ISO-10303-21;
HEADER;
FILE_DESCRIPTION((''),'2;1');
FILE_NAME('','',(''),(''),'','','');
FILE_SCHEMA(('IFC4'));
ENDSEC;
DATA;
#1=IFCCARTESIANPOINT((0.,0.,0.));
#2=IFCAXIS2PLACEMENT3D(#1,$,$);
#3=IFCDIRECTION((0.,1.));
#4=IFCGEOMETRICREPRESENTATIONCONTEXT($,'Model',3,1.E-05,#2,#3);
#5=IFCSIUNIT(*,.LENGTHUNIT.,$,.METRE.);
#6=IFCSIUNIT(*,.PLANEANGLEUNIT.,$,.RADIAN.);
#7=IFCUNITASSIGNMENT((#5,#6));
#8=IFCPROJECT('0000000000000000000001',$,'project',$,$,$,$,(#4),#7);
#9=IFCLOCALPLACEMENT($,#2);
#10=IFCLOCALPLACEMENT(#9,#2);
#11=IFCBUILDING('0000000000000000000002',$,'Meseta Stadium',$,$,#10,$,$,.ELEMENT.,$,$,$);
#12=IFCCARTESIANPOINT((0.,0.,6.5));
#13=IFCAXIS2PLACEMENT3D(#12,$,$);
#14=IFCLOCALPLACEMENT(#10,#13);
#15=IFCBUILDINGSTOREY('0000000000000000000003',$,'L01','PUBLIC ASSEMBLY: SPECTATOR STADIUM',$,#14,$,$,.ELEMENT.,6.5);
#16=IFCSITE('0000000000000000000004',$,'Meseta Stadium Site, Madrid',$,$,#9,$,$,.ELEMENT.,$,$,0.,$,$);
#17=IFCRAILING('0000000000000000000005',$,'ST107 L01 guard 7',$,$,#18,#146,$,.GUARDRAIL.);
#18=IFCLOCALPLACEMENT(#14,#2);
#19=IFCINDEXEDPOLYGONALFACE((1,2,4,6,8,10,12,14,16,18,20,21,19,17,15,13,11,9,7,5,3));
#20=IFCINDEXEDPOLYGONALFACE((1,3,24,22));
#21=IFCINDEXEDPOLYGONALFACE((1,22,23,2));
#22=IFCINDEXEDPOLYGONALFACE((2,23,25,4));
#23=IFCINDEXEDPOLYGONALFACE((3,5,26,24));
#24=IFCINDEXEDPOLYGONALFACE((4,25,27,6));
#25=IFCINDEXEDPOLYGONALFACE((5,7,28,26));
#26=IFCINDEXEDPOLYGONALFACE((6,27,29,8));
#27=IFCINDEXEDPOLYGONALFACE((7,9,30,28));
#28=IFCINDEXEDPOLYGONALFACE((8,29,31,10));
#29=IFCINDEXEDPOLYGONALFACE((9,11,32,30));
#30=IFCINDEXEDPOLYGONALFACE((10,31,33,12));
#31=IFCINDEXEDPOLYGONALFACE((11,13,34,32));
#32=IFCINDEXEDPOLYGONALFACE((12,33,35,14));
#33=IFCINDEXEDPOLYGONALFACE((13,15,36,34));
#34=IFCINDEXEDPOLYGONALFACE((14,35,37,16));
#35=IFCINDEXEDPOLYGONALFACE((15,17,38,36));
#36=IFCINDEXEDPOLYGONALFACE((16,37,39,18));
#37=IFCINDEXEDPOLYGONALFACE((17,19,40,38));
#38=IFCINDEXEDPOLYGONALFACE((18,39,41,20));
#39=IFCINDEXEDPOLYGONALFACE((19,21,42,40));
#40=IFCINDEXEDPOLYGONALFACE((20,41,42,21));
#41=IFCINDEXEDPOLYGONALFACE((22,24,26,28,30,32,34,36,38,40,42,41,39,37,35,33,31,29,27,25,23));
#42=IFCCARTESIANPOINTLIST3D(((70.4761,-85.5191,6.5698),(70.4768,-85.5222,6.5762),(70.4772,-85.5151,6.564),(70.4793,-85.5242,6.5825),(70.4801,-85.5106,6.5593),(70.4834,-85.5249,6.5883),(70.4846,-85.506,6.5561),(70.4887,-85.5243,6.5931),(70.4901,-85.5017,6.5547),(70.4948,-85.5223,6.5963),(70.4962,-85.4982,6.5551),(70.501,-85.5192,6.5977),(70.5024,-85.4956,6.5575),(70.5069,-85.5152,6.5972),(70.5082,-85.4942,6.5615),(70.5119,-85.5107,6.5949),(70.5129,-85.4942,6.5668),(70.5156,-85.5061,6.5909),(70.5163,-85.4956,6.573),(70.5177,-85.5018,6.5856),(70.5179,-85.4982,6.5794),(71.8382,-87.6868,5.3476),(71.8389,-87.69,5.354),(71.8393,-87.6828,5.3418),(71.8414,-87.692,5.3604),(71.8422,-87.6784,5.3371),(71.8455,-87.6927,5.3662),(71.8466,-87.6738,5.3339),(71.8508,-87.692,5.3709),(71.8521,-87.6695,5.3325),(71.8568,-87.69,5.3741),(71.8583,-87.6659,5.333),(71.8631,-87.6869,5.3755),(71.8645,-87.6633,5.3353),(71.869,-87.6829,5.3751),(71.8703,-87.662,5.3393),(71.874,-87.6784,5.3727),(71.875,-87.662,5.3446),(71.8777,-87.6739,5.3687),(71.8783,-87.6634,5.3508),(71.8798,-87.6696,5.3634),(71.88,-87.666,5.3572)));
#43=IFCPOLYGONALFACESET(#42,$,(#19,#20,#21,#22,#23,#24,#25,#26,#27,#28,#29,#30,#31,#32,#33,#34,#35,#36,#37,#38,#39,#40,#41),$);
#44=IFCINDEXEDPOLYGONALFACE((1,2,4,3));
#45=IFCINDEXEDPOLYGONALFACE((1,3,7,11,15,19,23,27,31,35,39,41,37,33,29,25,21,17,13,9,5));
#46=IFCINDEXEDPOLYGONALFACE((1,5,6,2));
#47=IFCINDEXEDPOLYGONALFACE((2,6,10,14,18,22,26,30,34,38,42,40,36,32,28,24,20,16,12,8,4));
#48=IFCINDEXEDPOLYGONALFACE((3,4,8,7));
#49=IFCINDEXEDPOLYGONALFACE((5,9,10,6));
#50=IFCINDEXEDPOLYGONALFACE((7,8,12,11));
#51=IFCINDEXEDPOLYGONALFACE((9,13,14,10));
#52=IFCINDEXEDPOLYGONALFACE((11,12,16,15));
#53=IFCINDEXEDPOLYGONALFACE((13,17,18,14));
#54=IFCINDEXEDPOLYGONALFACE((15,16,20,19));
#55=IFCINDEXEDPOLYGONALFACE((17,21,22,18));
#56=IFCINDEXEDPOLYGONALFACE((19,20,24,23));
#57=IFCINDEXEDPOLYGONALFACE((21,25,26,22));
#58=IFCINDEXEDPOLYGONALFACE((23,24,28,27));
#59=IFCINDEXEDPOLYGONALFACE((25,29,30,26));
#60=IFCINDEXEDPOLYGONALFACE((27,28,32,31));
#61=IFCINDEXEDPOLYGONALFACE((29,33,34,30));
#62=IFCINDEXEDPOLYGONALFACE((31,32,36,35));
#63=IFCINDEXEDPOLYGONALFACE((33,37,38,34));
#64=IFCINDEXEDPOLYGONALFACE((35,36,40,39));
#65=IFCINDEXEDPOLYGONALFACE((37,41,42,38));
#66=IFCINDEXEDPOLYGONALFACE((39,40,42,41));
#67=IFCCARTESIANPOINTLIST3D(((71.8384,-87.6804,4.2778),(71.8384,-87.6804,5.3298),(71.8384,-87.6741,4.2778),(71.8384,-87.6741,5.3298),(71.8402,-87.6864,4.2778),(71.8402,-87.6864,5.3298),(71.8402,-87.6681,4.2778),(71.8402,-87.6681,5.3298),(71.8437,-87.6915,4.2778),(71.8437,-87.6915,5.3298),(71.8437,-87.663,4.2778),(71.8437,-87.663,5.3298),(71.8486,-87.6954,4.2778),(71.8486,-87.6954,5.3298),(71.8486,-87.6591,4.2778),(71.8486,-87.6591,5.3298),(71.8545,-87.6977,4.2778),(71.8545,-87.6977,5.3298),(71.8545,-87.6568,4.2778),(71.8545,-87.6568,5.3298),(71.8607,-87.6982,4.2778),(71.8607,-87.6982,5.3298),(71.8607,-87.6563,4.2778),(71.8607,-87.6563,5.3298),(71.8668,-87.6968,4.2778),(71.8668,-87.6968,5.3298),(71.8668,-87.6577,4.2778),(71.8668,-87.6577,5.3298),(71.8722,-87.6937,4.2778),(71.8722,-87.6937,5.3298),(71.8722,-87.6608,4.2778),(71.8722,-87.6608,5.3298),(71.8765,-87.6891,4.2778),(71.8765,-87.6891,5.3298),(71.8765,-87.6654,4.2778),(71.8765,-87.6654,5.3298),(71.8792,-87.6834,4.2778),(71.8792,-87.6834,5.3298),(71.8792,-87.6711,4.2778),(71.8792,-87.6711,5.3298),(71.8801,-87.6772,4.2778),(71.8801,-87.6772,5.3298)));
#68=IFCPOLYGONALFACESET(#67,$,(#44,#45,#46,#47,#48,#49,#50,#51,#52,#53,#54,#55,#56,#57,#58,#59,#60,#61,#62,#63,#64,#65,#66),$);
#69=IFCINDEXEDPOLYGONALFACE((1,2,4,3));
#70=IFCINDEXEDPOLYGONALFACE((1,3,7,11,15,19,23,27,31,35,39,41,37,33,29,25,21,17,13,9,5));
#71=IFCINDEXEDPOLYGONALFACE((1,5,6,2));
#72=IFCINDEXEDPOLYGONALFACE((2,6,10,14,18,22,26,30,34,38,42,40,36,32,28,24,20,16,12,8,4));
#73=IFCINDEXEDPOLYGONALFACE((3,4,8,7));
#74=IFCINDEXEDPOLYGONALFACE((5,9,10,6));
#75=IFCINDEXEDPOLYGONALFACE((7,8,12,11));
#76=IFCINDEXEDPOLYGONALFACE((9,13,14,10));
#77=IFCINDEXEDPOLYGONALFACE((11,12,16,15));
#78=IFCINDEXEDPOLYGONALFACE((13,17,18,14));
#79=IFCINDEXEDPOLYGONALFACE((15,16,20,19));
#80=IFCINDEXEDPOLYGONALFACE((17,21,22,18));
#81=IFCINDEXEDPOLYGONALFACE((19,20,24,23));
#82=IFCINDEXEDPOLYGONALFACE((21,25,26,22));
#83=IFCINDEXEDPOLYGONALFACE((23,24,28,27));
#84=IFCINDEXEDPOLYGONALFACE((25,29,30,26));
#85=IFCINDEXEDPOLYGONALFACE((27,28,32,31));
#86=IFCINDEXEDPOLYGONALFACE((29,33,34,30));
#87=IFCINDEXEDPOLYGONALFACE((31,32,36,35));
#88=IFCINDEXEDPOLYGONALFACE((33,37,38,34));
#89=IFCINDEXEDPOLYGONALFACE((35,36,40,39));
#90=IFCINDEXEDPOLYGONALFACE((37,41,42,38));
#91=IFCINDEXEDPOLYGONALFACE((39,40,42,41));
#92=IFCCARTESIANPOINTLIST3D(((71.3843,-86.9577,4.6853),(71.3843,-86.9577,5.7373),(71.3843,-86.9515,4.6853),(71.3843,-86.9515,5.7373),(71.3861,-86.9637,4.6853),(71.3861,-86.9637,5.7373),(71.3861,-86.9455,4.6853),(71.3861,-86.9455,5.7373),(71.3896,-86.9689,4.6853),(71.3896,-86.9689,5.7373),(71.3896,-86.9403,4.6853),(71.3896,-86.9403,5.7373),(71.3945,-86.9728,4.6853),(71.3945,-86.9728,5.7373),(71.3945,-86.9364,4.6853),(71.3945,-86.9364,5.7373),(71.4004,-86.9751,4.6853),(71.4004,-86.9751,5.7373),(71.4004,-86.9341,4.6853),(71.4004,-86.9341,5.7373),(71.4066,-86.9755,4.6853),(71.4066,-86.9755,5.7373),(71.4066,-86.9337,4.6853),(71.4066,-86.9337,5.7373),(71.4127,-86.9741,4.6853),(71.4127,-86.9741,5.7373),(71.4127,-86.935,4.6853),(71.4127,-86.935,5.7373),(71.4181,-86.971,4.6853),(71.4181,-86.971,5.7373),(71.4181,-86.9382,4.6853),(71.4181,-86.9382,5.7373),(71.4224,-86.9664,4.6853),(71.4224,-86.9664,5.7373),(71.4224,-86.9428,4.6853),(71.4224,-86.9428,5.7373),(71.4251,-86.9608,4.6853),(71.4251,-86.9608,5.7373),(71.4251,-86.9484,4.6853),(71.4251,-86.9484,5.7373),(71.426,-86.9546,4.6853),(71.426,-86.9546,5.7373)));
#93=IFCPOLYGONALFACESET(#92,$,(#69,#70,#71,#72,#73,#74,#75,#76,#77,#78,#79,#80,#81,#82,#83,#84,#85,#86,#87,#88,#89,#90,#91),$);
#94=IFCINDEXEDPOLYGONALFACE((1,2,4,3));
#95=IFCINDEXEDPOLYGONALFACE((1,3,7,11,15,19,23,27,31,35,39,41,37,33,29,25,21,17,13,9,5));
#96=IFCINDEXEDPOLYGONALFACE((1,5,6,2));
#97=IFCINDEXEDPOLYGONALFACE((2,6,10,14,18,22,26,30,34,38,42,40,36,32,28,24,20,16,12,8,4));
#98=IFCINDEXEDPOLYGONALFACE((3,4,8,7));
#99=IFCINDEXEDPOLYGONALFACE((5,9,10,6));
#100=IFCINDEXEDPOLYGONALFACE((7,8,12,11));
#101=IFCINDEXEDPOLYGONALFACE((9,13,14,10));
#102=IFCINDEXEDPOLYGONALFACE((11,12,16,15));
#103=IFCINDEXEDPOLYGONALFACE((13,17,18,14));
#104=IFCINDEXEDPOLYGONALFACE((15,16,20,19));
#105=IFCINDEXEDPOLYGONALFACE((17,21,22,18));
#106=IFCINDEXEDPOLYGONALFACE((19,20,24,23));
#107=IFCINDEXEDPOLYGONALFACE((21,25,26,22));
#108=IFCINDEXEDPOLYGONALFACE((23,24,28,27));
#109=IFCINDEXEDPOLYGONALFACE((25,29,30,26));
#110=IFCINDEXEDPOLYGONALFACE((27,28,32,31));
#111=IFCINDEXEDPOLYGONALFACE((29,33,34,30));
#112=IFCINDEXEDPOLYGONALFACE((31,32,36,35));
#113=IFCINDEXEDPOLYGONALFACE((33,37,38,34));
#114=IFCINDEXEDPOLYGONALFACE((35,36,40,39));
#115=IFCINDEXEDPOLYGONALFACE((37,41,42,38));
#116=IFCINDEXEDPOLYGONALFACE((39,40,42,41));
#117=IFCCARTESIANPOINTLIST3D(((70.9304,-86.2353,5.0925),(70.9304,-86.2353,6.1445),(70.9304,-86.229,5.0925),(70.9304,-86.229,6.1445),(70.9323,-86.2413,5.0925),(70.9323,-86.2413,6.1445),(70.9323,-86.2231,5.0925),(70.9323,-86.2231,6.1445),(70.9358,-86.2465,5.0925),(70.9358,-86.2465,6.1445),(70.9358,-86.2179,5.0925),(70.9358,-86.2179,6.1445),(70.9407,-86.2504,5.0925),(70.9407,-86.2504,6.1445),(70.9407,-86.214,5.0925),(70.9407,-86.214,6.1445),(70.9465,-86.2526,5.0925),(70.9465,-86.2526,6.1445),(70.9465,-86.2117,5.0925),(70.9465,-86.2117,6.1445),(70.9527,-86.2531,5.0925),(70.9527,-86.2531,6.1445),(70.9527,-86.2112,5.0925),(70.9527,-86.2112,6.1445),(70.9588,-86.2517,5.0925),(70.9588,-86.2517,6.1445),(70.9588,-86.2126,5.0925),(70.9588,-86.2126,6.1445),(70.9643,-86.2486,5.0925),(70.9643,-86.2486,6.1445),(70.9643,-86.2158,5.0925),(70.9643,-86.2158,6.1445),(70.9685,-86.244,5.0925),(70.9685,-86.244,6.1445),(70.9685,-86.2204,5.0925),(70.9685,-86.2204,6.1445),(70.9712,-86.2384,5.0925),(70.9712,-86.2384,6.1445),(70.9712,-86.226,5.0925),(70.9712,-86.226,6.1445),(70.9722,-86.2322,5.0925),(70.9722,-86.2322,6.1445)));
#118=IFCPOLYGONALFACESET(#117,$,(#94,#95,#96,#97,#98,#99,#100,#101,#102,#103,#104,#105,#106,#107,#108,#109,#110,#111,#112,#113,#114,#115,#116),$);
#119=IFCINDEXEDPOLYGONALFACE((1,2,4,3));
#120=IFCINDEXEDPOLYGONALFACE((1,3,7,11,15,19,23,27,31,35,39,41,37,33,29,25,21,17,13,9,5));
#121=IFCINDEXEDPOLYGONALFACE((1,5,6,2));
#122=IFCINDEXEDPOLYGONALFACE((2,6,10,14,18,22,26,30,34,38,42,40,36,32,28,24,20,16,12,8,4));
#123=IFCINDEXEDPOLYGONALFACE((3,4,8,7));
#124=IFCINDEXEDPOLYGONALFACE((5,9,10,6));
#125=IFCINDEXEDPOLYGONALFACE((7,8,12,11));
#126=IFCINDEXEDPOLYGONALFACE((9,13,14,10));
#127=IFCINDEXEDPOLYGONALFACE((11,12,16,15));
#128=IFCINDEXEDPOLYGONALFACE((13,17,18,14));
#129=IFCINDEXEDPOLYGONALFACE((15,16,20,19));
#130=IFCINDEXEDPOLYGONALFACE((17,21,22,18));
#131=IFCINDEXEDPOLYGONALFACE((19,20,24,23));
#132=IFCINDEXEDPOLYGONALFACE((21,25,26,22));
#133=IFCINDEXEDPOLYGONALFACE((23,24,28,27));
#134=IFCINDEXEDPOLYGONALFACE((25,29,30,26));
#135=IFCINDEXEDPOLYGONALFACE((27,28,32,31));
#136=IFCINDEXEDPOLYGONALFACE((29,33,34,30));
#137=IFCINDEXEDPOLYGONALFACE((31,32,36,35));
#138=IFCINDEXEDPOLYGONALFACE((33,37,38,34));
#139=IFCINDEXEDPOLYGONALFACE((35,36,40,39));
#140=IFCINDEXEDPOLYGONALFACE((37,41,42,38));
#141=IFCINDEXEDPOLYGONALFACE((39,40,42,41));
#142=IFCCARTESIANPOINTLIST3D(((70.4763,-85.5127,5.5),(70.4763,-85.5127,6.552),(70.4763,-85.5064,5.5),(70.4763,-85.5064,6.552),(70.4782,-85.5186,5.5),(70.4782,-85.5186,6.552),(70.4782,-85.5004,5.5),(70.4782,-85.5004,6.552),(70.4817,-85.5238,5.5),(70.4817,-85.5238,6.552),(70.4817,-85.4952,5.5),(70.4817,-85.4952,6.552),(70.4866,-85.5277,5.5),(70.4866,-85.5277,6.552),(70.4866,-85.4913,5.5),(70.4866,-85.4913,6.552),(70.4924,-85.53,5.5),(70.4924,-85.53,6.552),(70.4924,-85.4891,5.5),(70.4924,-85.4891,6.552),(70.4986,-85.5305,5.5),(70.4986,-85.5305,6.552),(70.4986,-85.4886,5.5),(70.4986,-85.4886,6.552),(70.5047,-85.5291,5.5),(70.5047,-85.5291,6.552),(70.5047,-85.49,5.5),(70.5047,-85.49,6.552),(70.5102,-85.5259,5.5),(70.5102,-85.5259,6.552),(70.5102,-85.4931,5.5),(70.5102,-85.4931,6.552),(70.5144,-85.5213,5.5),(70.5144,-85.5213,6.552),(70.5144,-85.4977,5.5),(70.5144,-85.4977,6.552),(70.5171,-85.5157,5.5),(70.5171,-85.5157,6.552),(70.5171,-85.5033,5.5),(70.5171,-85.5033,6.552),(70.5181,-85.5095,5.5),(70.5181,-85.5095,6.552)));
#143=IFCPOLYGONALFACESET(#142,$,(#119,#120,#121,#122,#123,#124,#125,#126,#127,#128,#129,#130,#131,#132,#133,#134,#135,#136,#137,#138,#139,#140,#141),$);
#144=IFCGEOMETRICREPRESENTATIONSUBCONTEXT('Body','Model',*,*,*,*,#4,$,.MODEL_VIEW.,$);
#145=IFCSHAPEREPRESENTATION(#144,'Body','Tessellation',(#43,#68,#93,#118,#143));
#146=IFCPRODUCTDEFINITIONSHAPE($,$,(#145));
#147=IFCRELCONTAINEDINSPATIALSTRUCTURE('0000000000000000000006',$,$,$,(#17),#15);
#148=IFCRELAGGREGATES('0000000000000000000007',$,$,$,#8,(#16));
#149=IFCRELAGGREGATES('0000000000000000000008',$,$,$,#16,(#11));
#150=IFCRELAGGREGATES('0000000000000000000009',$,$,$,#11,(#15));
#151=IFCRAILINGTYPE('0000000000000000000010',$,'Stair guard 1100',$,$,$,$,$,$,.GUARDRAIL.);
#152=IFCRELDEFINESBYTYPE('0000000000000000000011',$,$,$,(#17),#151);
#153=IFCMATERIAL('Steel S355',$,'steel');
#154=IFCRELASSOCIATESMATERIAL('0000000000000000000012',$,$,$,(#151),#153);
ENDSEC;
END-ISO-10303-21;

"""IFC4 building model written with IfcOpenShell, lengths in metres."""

from ifc_helpers import new_model, si_unit, direction, frame, origin, origin_2d, place, context, subcontext, project, spatial, circle, extrude, material, type_object, element, save


model = new_model("IFC4")

# Units and contexts
model_context = context("Model", 3, precision=1e-05, world=origin(), true_north=direction((0.0, 1.0)))
body_context = subcontext(model_context, "Body", "Model", "MODEL_VIEW")
ifc_project = project(units=[si_unit("LENGTHUNIT", "METRE"), si_unit("PLANEANGLEUNIT", "RADIAN")], contexts=[model_context])

# Site, building, storey
site_placement = place(None, origin())
site = spatial("IfcSite", under=ifc_project, at=site_placement, Name="Meseta Stadium Site, Madrid", CompositionType="ELEMENT", RefElevation=0.0)
building_placement = place(site_placement, origin())
building = spatial("IfcBuilding", under=site, at=building_placement, Name="Meseta Stadium", CompositionType="ELEMENT")
storey_placement = place(building_placement, frame((0.0, 0.0, 6.5)))
storey = spatial("IfcBuildingStorey", under=building, at=storey_placement, Name="L01", Description="PUBLIC ASSEMBLY: SPECTATOR STADIUM", CompositionType="ELEMENT", Elevation=6.5)

# Railing
ifc_material_1 = material(Name="Steel S355", Category="steel")
railing_type_1 = type_object("IfcRailingType", Name="Stair guard 1100", PredefinedType="GUARDRAIL", material=ifc_material_1)
railing_1_placement = place(storey_placement, frame((71.8591, -87.6772, 4.2778)))
element("IfcRailing", 1, at=railing_1_placement, inside=storey, type_object=railing_type_1, Name="ST107 L01 guard 7", PredefinedType="GUARDRAIL", context=body_context, shape_type="SweptSolid", body=[
    extrude(circle(Radius=0.0239, at=origin_2d()), frame((0.0, 0.0, 1.0762), z_axis=(-0.480125, 0.764121, 0.430813), x_axis=(-0.846726, -0.532029, 0.0)), (0.0, 0.0, 1.0), 2.8369),
    extrude(circle(Radius=0.021, at=origin_2d()), origin(), (0.0, 0.0, 1.0), 1.052),
    extrude(circle(Radius=0.021, at=origin_2d()), frame((-0.4541, 0.7227, 0.4075)), (0.0, 0.0, 1.0), 1.052),
    extrude(circle(Radius=0.021, at=origin_2d()), frame((-0.908, 1.4451, 0.8147)), (0.0, 0.0, 1.0), 1.052),
    extrude(circle(Radius=0.021, at=origin_2d()), frame((-1.3621, 2.1677, 1.2222)), (0.0, 0.0, 1.0), 1.052),
])

save(model, "model.ifc")
